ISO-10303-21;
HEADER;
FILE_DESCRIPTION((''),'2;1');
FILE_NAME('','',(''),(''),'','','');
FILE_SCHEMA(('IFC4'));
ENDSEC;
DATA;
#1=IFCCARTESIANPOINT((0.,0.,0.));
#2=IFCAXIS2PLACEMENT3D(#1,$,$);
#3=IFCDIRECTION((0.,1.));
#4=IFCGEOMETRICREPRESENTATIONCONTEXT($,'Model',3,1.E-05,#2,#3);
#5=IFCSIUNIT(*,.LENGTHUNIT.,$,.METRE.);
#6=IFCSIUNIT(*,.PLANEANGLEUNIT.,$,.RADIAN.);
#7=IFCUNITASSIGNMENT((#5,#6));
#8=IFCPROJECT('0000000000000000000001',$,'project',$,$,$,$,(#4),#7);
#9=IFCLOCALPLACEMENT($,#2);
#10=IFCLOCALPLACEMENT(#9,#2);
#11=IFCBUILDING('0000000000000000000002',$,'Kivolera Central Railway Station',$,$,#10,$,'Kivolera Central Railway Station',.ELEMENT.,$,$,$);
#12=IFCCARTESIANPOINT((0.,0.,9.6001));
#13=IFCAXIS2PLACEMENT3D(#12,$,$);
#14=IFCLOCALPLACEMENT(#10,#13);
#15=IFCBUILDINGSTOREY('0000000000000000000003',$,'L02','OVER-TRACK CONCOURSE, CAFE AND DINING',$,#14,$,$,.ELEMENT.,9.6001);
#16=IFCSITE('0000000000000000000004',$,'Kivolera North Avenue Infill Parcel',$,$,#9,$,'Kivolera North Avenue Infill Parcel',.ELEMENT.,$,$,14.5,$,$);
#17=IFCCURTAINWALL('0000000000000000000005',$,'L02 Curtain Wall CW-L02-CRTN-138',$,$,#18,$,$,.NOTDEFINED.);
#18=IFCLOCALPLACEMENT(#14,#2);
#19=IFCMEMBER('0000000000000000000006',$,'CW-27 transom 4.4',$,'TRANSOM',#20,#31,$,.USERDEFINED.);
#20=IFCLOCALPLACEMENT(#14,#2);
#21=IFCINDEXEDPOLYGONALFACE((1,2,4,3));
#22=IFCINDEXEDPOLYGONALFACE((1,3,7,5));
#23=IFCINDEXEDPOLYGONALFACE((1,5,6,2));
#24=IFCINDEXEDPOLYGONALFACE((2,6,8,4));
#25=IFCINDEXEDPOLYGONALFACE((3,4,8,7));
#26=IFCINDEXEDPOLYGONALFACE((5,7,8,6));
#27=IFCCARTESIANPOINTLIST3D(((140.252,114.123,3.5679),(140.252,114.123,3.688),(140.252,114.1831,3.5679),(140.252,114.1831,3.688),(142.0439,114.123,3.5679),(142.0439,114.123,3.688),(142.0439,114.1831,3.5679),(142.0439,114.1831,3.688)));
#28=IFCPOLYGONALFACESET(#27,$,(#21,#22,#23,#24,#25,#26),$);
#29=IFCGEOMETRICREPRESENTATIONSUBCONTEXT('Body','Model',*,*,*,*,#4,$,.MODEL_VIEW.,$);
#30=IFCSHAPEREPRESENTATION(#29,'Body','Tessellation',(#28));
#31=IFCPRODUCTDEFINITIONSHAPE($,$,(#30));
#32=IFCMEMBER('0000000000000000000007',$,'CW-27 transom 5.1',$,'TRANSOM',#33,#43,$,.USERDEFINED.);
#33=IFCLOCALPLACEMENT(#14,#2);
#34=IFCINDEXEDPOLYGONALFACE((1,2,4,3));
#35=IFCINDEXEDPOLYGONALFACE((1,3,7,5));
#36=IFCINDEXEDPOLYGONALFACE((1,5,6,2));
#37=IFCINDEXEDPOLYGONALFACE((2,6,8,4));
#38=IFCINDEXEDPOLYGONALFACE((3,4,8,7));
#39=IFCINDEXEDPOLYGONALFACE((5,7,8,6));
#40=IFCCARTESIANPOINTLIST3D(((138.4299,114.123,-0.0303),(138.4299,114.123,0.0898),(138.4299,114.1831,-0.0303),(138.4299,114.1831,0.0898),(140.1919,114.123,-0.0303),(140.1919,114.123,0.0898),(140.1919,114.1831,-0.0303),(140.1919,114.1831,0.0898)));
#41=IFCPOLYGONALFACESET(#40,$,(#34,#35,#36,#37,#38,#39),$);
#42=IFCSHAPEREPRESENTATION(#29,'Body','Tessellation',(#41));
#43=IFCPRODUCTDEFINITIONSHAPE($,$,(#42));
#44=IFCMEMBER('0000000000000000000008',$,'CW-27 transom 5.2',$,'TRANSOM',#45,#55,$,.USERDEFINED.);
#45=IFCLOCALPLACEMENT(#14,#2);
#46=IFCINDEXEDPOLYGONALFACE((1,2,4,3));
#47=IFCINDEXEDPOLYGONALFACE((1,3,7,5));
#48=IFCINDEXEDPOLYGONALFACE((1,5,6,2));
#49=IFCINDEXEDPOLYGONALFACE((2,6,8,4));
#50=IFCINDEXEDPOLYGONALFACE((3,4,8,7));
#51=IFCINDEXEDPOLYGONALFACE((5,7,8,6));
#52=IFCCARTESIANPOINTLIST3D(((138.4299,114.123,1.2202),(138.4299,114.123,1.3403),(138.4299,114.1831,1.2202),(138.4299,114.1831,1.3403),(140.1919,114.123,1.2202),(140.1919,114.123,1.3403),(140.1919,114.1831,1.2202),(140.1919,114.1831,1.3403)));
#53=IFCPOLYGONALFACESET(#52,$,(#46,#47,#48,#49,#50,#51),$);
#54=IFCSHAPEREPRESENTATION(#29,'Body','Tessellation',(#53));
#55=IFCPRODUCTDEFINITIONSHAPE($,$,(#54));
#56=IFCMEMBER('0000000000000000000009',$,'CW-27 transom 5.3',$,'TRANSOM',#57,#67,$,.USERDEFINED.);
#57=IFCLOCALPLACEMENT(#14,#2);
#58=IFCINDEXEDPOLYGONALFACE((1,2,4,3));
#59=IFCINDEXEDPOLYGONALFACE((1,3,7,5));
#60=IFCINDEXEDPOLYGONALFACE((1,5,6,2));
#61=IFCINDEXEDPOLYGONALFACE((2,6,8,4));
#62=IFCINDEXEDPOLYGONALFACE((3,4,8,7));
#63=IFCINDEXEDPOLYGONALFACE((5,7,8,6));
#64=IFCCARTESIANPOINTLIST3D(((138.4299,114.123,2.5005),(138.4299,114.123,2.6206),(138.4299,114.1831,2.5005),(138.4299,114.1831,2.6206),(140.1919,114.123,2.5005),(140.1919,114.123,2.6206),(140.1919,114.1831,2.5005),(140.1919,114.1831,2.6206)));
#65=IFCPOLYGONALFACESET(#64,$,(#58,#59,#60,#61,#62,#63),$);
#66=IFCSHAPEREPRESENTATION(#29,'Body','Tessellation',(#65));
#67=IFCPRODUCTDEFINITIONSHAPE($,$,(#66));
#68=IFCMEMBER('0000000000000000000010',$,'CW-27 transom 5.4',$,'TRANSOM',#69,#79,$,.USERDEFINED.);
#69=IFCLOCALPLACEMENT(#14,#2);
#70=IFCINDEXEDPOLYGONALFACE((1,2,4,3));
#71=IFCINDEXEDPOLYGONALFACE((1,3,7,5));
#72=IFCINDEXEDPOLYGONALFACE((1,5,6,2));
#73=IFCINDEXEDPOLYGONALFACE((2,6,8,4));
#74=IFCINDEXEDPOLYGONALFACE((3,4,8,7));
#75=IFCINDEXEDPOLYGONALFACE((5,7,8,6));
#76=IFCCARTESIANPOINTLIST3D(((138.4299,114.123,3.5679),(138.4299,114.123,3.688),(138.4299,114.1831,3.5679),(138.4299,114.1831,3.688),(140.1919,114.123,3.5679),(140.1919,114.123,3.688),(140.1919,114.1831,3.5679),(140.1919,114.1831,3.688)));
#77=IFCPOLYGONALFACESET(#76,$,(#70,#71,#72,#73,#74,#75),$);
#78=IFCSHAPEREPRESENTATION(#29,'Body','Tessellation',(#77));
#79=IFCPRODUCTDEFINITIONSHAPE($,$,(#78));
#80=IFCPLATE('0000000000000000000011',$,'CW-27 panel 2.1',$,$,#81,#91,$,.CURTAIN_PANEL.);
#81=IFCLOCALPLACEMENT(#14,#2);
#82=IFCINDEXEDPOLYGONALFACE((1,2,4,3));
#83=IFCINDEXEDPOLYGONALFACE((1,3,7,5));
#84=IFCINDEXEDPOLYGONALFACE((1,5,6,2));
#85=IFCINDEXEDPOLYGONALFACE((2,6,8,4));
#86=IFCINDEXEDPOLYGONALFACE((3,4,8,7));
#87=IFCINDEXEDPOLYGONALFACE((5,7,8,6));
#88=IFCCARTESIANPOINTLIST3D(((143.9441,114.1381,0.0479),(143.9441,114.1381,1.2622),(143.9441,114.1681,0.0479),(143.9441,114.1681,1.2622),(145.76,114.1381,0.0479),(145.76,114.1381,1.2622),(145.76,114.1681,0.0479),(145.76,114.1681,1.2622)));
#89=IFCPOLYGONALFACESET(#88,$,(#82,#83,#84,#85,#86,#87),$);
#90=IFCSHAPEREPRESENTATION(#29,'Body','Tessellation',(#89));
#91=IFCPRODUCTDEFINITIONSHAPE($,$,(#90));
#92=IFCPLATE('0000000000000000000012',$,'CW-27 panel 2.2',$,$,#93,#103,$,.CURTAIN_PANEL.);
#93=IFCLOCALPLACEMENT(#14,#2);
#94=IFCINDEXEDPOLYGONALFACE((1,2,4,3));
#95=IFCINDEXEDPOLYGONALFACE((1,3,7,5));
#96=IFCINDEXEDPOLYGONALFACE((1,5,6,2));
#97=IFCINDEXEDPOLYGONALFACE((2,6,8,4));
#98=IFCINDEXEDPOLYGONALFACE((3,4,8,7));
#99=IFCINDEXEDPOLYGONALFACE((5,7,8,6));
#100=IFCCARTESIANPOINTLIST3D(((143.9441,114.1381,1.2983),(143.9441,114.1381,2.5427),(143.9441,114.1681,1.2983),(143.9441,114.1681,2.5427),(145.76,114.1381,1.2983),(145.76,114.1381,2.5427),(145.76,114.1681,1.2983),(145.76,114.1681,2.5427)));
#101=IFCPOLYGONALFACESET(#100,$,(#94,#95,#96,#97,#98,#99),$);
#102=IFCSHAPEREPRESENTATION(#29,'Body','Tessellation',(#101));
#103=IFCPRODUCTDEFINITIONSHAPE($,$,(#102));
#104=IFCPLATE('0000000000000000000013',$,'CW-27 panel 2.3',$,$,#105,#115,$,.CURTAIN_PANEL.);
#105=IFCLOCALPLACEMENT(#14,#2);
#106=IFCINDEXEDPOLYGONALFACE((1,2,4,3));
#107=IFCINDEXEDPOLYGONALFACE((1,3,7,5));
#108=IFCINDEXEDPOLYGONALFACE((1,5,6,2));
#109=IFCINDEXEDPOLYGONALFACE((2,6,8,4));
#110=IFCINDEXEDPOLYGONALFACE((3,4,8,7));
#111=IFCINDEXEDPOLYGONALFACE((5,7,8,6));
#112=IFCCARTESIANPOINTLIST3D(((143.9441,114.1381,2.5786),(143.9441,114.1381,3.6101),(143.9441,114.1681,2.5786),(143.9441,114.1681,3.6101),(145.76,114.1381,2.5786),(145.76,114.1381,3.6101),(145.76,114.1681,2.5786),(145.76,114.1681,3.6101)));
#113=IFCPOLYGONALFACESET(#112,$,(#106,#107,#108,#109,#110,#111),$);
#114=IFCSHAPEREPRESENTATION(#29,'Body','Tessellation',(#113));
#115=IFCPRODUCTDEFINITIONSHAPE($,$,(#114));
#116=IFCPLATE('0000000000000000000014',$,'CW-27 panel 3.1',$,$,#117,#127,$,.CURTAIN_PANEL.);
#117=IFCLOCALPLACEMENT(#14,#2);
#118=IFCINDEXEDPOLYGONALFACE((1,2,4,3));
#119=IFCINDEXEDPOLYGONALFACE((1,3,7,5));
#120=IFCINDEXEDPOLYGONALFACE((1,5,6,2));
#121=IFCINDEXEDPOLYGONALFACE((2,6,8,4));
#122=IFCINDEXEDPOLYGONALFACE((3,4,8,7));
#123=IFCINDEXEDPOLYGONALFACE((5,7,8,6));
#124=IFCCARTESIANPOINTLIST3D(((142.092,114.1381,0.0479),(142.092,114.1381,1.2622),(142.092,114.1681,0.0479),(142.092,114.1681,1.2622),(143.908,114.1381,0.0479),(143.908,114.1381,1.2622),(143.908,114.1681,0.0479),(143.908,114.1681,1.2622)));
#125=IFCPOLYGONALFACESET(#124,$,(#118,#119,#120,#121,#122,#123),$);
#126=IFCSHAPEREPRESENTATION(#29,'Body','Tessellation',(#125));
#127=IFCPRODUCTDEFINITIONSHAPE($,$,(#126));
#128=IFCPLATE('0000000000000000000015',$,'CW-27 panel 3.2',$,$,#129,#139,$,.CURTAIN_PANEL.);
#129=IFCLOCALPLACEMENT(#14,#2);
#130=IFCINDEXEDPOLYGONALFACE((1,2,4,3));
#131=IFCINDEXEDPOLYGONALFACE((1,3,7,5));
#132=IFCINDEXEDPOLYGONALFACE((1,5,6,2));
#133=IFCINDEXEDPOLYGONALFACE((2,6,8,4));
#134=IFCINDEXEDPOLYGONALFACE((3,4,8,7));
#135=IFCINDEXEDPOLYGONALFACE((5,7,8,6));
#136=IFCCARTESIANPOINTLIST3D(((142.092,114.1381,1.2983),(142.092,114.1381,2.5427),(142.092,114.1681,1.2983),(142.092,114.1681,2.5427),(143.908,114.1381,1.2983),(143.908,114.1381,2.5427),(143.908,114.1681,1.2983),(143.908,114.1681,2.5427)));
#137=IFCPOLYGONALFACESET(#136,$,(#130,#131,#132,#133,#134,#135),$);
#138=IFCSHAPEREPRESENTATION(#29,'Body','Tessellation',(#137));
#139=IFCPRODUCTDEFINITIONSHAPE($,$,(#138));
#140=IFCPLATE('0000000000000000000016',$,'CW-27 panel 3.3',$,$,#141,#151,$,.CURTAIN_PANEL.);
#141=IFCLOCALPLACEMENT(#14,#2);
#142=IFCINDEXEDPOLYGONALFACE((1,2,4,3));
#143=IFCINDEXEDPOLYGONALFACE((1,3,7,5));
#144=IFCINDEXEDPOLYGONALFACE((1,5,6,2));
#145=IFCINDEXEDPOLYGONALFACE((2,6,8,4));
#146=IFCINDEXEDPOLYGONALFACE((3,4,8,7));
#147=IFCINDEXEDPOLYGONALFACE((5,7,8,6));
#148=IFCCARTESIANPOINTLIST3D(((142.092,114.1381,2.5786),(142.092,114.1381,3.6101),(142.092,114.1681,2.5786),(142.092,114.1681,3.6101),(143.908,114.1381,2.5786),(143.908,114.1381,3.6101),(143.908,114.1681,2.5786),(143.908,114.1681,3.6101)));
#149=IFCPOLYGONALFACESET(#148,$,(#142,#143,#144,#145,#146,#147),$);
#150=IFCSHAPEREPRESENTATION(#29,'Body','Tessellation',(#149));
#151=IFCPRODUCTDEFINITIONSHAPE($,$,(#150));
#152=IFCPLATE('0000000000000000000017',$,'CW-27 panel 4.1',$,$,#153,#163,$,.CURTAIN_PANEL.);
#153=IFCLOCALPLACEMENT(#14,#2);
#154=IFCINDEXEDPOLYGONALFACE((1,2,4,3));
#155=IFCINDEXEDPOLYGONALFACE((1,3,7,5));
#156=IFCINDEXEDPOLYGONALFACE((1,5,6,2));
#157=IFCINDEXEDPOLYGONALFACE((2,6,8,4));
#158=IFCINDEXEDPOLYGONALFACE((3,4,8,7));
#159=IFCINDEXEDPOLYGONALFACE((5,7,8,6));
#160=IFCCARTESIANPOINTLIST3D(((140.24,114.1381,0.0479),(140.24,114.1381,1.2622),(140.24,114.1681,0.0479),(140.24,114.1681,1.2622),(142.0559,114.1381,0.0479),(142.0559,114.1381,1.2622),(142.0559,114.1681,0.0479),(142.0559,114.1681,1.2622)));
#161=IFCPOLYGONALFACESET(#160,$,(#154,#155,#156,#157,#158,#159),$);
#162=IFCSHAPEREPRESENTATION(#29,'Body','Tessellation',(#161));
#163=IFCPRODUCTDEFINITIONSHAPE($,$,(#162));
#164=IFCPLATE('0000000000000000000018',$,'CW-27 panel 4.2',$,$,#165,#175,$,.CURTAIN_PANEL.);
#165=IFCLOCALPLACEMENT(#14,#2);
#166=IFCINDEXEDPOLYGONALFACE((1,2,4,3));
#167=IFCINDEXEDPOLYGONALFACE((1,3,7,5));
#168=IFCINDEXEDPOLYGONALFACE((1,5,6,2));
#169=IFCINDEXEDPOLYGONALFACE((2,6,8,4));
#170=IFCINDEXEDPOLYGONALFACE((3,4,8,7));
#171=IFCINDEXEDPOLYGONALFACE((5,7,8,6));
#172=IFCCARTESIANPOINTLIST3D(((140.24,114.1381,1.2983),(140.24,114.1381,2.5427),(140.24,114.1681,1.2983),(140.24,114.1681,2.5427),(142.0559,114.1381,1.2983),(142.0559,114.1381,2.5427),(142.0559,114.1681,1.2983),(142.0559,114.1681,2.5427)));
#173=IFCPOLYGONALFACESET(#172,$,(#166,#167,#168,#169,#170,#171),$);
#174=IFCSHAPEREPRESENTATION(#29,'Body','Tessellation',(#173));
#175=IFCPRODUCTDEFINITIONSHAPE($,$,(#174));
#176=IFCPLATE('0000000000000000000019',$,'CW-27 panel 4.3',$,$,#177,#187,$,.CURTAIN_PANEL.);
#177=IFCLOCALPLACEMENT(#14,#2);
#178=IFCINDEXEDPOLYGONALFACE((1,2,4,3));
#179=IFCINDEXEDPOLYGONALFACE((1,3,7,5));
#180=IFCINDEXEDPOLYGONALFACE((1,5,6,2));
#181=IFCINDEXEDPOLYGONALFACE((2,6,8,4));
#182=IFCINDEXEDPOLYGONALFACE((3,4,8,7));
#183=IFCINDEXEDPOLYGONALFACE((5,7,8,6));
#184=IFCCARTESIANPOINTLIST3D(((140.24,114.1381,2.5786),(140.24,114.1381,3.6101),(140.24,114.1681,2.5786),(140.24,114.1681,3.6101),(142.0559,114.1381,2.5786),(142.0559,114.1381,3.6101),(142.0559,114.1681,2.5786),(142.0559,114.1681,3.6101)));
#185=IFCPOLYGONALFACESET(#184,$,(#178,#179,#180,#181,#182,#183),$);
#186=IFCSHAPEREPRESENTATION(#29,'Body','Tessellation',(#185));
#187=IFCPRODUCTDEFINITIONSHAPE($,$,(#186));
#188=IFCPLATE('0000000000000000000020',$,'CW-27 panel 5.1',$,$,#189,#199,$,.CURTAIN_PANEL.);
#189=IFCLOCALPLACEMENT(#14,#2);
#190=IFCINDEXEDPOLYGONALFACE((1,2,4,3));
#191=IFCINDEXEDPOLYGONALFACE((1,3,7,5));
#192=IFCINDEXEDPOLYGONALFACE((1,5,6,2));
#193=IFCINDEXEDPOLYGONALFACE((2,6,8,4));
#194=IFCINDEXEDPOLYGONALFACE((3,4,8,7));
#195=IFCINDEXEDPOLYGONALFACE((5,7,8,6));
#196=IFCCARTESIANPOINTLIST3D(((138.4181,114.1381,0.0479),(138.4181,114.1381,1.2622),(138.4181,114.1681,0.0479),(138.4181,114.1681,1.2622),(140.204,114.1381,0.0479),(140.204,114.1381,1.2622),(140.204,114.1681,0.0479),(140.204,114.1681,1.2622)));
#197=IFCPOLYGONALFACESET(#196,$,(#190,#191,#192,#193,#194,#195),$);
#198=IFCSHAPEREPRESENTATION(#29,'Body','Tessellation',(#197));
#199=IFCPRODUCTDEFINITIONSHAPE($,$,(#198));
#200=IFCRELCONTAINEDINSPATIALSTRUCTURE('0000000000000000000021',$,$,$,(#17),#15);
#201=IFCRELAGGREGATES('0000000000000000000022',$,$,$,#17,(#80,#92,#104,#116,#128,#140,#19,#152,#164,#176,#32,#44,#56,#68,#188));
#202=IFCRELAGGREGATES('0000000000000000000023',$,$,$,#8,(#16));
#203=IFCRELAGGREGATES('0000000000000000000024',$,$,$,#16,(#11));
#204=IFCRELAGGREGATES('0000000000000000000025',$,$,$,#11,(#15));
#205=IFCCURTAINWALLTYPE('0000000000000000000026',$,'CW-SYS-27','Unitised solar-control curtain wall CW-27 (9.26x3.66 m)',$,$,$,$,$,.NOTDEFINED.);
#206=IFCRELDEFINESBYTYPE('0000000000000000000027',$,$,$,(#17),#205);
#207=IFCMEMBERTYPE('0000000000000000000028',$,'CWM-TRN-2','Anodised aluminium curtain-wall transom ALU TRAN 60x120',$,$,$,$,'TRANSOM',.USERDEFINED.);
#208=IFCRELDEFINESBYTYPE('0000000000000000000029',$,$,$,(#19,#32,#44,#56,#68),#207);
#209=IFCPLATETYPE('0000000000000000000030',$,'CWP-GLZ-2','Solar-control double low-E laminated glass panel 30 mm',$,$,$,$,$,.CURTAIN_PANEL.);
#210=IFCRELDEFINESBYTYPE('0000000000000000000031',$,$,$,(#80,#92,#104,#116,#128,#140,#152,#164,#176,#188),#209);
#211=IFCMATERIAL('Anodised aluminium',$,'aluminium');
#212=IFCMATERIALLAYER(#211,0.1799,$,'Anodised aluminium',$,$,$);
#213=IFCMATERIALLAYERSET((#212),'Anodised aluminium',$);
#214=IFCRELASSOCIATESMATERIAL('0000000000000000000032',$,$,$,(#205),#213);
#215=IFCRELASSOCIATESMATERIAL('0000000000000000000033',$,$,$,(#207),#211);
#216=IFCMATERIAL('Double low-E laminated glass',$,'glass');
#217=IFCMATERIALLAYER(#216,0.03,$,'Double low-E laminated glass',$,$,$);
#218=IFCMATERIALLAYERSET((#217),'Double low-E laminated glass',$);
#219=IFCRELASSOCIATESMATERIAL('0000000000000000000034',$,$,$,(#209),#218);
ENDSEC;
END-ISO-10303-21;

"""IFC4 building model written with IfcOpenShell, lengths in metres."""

from ifc_helpers import new_model, si_unit, direction, frame, origin, origin_2d, place, context, subcontext, project, spatial, rectangle, extrude, material, layer, layer_set, material_profile, profile_set, type_object, element, aggregate, save


model = new_model("IFC4")

# Units and contexts
model_context = context("Model", 3, precision=1e-05, world=origin(), true_north=direction((0.0, 1.0)))
body_context = subcontext(model_context, "Body", "Model", "MODEL_VIEW")
ifc_project = project(units=[si_unit("LENGTHUNIT", "METRE"), si_unit("PLANEANGLEUNIT", "RADIAN")], contexts=[model_context])

# Site, building, storey
site_placement = place(None, origin())
site = spatial("IfcSite", under=ifc_project, at=site_placement, Name="Kivolera North Avenue Infill Parcel", LongName="Kivolera North Avenue Infill Parcel", CompositionType="ELEMENT", RefElevation=14.5)
building_placement = place(site_placement, origin())
building = spatial("IfcBuilding", under=site, at=building_placement, Name="Kivolera Central Railway Station", LongName="Kivolera Central Railway Station", CompositionType="ELEMENT")
storey_placement = place(building_placement, frame((0.0, 0.0, 9.6001)))
storey = spatial("IfcBuildingStorey", under=building, at=storey_placement, Name="L02", Description="OVER-TRACK CONCOURSE, CAFE AND DINING", CompositionType="ELEMENT", Elevation=9.6001)

# Curtain wall, members, plates
ifc_material_1 = material(Name="Anodised aluminium", Category="aluminium")
ifc_layer_1 = layer(ifc_material_1, 0.1799, Name="Anodised aluminium")
ifc_layer_set_1 = layer_set([ifc_layer_1], Name="Anodised aluminium")
curtain_wall_type = type_object("IfcCurtainWallType", Name="CW-SYS-27", Description="Unitised solar-control curtain wall CW-27 (9.26x3.66 m)", PredefinedType="NOTDEFINED", material=ifc_layer_set_1)
curtain_wall_placement = place(storey_placement, origin())
curtain_wall = element("IfcCurtainWall", 1, at=curtain_wall_placement, inside=storey, type_object=curtain_wall_type, Name="L02 Curtain Wall CW-L02-CRTN-138", PredefinedType="NOTDEFINED")
ifc_material_profile_1 = material_profile(ifc_material_1, rectangle(XDim=0.0601, YDim=0.1201, at=origin_2d()), Name="ALU TRAN 60x120")
ifc_profile_set_1 = profile_set([ifc_material_profile_1], Name="Anodised aluminium")
member_type_1 = type_object("IfcMemberType", Name="CWM-TRN-2", Description="Anodised aluminium curtain-wall transom ALU TRAN 60x120", ElementType="TRANSOM", PredefinedType="USERDEFINED", material=ifc_profile_set_1)
member_1_placement = place(storey_placement, frame((142.0439, 114.1531, 3.6279), z_axis=(-1.0, 0.0, 0.0), x_axis=(0.0, -1.0, 0.0)))
member_1 = element("IfcMember", 2, at=member_1_placement, type_object=member_type_1, Name="CW-27 transom 4.4", ObjectType="TRANSOM", PredefinedType="USERDEFINED", context=body_context, shape_type="SweptSolid", body=[
    extrude(rectangle(XDim=0.0601, YDim=0.1201, at=origin_2d()), origin(), (0.0, 0.0, 1.0), 1.792),
])
member_2_placement = place(storey_placement, frame((140.1919, 114.1531, 0.0298), z_axis=(-1.0, 0.0, 0.0), x_axis=(0.0, -1.0, 0.0)))
member_2 = element("IfcMember", 3, at=member_2_placement, type_object=member_type_1, Name="CW-27 transom 5.1", ObjectType="TRANSOM", PredefinedType="USERDEFINED", context=body_context, shape_type="SweptSolid", body=[
    extrude(rectangle(XDim=0.0601, YDim=0.1201, at=origin_2d()), origin(), (0.0, 0.0, 1.0), 1.762),
])
member_3_placement = place(storey_placement, frame((140.1919, 114.1531, 1.2803), z_axis=(-1.0, 0.0, 0.0), x_axis=(0.0, -1.0, 0.0)))
member_3 = element("IfcMember", 4, at=member_3_placement, type_object=member_type_1, Name="CW-27 transom 5.2", ObjectType="TRANSOM", PredefinedType="USERDEFINED", context=body_context, shape_type="SweptSolid", body=[
    extrude(rectangle(XDim=0.0601, YDim=0.1201, at=origin_2d()), origin(), (0.0, 0.0, 1.0), 1.762),
])
member_4_placement = place(storey_placement, frame((140.1919, 114.1531, 2.5605), z_axis=(-1.0, 0.0, 0.0), x_axis=(0.0, -1.0, 0.0)))
member_4 = element("IfcMember", 5, at=member_4_placement, type_object=member_type_1, Name="CW-27 transom 5.3", ObjectType="TRANSOM", PredefinedType="USERDEFINED", context=body_context, shape_type="SweptSolid", body=[
    extrude(rectangle(XDim=0.0601, YDim=0.1201, at=origin_2d()), origin(), (0.0, 0.0, 1.0), 1.762),
])
member_5_placement = place(storey_placement, frame((140.1919, 114.1531, 3.6279), z_axis=(-1.0, 0.0, 0.0), x_axis=(0.0, -1.0, 0.0)))
member_5 = element("IfcMember", 6, at=member_5_placement, type_object=member_type_1, Name="CW-27 transom 5.4", ObjectType="TRANSOM", PredefinedType="USERDEFINED", context=body_context, shape_type="SweptSolid", body=[
    extrude(rectangle(XDim=0.0601, YDim=0.1201, at=origin_2d()), origin(), (0.0, 0.0, 1.0), 1.762),
])
ifc_material_2 = material(Name="Double low-E laminated glass", Category="glass")
ifc_layer_2 = layer(ifc_material_2, 0.03, Name="Double low-E laminated glass")
ifc_layer_set_2 = layer_set([ifc_layer_2], Name="Double low-E laminated glass")
plate_type = type_object("IfcPlateType", Name="CWP-GLZ-2", Description="Solar-control double low-E laminated glass panel 30 mm", PredefinedType="CURTAIN_PANEL", material=ifc_layer_set_2)
plate_1_placement = place(storey_placement, frame((144.8521, 114.1531, 0.0479), z_axis=(0.0, 0.0, 1.0), x_axis=(-1.0, 0.0, 0.0)))
plate_1 = element("IfcPlate", 7, at=plate_1_placement, type_object=plate_type, Name="CW-27 panel 2.1", PredefinedType="CURTAIN_PANEL", context=body_context, shape_type="SweptSolid", body=[
    extrude(rectangle(XDim=1.8159, YDim=0.03, at=origin_2d()), origin(), (0.0, 0.0, 1.0), 1.2144),
])
plate_2_placement = place(storey_placement, frame((144.8521, 114.1531, 1.2983), z_axis=(0.0, 0.0, 1.0), x_axis=(-1.0, 0.0, 0.0)))
plate_2 = element("IfcPlate", 8, at=plate_2_placement, type_object=plate_type, Name="CW-27 panel 2.2", PredefinedType="CURTAIN_PANEL", context=body_context, shape_type="SweptSolid", body=[
    extrude(rectangle(XDim=1.8159, YDim=0.03, at=origin_2d()), origin(), (0.0, 0.0, 1.0), 1.2444),
])
plate_3_placement = place(storey_placement, frame((144.8521, 114.1531, 2.5786), z_axis=(0.0, 0.0, 1.0), x_axis=(-1.0, 0.0, 0.0)))
plate_3 = element("IfcPlate", 9, at=plate_3_placement, type_object=plate_type, Name="CW-27 panel 2.3", PredefinedType="CURTAIN_PANEL", context=body_context, shape_type="SweptSolid", body=[
    extrude(rectangle(XDim=1.8159, YDim=0.03, at=origin_2d()), origin(), (0.0, 0.0, 1.0), 1.0315),
])
plate_4_placement = place(storey_placement, frame((143.0, 114.1531, 0.0479), z_axis=(0.0, 0.0, 1.0), x_axis=(-1.0, 0.0, 0.0)))
plate_4 = element("IfcPlate", 10, at=plate_4_placement, type_object=plate_type, Name="CW-27 panel 3.1", PredefinedType="CURTAIN_PANEL", context=body_context, shape_type="SweptSolid", body=[
    extrude(rectangle(XDim=1.8159, YDim=0.03, at=origin_2d()), origin(), (0.0, 0.0, 1.0), 1.2144),
])
plate_5_placement = place(storey_placement, frame((143.0, 114.1531, 1.2983), z_axis=(0.0, 0.0, 1.0), x_axis=(-1.0, 0.0, 0.0)))
plate_5 = element("IfcPlate", 11, at=plate_5_placement, type_object=plate_type, Name="CW-27 panel 3.2", PredefinedType="CURTAIN_PANEL", context=body_context, shape_type="SweptSolid", body=[
    extrude(rectangle(XDim=1.8159, YDim=0.03, at=origin_2d()), origin(), (0.0, 0.0, 1.0), 1.2444),
])
plate_6_placement = place(storey_placement, frame((143.0, 114.1531, 2.5786), z_axis=(0.0, 0.0, 1.0), x_axis=(-1.0, 0.0, 0.0)))
plate_6 = element("IfcPlate", 12, at=plate_6_placement, type_object=plate_type, Name="CW-27 panel 3.3", PredefinedType="CURTAIN_PANEL", context=body_context, shape_type="SweptSolid", body=[
    extrude(rectangle(XDim=1.8159, YDim=0.03, at=origin_2d()), origin(), (0.0, 0.0, 1.0), 1.0315),
])
plate_7_placement = place(storey_placement, frame((141.1479, 114.1531, 0.0479), z_axis=(0.0, 0.0, 1.0), x_axis=(-1.0, 0.0, 0.0)))
plate_7 = element("IfcPlate", 13, at=plate_7_placement, type_object=plate_type, Name="CW-27 panel 4.1", PredefinedType="CURTAIN_PANEL", context=body_context, shape_type="SweptSolid", body=[
    extrude(rectangle(XDim=1.8159, YDim=0.03, at=origin_2d()), origin(), (0.0, 0.0, 1.0), 1.2144),
])
plate_8_placement = place(storey_placement, frame((141.1479, 114.1531, 1.2983), z_axis=(0.0, 0.0, 1.0), x_axis=(-1.0, 0.0, 0.0)))
plate_8 = element("IfcPlate", 14, at=plate_8_placement, type_object=plate_type, Name="CW-27 panel 4.2", PredefinedType="CURTAIN_PANEL", context=body_context, shape_type="SweptSolid", body=[
    extrude(rectangle(XDim=1.8159, YDim=0.03, at=origin_2d()), origin(), (0.0, 0.0, 1.0), 1.2444),
])
plate_9_placement = place(storey_placement, frame((141.1479, 114.1531, 2.5786), z_axis=(0.0, 0.0, 1.0), x_axis=(-1.0, 0.0, 0.0)))
plate_9 = element("IfcPlate", 15, at=plate_9_placement, type_object=plate_type, Name="CW-27 panel 4.3", PredefinedType="CURTAIN_PANEL", context=body_context, shape_type="SweptSolid", body=[
    extrude(rectangle(XDim=1.8159, YDim=0.03, at=origin_2d()), origin(), (0.0, 0.0, 1.0), 1.0315),
])
plate_10_placement = place(storey_placement, frame((139.311, 114.1531, 0.0479), z_axis=(0.0, 0.0, 1.0), x_axis=(-1.0, 0.0, 0.0)))
plate_10 = element("IfcPlate", 16, at=plate_10_placement, type_object=plate_type, Name="CW-27 panel 5.1", PredefinedType="CURTAIN_PANEL", context=body_context, shape_type="SweptSolid", body=[
    extrude(rectangle(XDim=1.7859, YDim=0.03, at=origin_2d()), origin(), (0.0, 0.0, 1.0), 1.2144),
])
aggregate(curtain_wall, [plate_1, plate_2, plate_3, plate_4, plate_5, plate_6, member_1, plate_7, plate_8, plate_9, member_2, member_3, member_4, member_5, plate_10])

save(model, "model.ifc")
